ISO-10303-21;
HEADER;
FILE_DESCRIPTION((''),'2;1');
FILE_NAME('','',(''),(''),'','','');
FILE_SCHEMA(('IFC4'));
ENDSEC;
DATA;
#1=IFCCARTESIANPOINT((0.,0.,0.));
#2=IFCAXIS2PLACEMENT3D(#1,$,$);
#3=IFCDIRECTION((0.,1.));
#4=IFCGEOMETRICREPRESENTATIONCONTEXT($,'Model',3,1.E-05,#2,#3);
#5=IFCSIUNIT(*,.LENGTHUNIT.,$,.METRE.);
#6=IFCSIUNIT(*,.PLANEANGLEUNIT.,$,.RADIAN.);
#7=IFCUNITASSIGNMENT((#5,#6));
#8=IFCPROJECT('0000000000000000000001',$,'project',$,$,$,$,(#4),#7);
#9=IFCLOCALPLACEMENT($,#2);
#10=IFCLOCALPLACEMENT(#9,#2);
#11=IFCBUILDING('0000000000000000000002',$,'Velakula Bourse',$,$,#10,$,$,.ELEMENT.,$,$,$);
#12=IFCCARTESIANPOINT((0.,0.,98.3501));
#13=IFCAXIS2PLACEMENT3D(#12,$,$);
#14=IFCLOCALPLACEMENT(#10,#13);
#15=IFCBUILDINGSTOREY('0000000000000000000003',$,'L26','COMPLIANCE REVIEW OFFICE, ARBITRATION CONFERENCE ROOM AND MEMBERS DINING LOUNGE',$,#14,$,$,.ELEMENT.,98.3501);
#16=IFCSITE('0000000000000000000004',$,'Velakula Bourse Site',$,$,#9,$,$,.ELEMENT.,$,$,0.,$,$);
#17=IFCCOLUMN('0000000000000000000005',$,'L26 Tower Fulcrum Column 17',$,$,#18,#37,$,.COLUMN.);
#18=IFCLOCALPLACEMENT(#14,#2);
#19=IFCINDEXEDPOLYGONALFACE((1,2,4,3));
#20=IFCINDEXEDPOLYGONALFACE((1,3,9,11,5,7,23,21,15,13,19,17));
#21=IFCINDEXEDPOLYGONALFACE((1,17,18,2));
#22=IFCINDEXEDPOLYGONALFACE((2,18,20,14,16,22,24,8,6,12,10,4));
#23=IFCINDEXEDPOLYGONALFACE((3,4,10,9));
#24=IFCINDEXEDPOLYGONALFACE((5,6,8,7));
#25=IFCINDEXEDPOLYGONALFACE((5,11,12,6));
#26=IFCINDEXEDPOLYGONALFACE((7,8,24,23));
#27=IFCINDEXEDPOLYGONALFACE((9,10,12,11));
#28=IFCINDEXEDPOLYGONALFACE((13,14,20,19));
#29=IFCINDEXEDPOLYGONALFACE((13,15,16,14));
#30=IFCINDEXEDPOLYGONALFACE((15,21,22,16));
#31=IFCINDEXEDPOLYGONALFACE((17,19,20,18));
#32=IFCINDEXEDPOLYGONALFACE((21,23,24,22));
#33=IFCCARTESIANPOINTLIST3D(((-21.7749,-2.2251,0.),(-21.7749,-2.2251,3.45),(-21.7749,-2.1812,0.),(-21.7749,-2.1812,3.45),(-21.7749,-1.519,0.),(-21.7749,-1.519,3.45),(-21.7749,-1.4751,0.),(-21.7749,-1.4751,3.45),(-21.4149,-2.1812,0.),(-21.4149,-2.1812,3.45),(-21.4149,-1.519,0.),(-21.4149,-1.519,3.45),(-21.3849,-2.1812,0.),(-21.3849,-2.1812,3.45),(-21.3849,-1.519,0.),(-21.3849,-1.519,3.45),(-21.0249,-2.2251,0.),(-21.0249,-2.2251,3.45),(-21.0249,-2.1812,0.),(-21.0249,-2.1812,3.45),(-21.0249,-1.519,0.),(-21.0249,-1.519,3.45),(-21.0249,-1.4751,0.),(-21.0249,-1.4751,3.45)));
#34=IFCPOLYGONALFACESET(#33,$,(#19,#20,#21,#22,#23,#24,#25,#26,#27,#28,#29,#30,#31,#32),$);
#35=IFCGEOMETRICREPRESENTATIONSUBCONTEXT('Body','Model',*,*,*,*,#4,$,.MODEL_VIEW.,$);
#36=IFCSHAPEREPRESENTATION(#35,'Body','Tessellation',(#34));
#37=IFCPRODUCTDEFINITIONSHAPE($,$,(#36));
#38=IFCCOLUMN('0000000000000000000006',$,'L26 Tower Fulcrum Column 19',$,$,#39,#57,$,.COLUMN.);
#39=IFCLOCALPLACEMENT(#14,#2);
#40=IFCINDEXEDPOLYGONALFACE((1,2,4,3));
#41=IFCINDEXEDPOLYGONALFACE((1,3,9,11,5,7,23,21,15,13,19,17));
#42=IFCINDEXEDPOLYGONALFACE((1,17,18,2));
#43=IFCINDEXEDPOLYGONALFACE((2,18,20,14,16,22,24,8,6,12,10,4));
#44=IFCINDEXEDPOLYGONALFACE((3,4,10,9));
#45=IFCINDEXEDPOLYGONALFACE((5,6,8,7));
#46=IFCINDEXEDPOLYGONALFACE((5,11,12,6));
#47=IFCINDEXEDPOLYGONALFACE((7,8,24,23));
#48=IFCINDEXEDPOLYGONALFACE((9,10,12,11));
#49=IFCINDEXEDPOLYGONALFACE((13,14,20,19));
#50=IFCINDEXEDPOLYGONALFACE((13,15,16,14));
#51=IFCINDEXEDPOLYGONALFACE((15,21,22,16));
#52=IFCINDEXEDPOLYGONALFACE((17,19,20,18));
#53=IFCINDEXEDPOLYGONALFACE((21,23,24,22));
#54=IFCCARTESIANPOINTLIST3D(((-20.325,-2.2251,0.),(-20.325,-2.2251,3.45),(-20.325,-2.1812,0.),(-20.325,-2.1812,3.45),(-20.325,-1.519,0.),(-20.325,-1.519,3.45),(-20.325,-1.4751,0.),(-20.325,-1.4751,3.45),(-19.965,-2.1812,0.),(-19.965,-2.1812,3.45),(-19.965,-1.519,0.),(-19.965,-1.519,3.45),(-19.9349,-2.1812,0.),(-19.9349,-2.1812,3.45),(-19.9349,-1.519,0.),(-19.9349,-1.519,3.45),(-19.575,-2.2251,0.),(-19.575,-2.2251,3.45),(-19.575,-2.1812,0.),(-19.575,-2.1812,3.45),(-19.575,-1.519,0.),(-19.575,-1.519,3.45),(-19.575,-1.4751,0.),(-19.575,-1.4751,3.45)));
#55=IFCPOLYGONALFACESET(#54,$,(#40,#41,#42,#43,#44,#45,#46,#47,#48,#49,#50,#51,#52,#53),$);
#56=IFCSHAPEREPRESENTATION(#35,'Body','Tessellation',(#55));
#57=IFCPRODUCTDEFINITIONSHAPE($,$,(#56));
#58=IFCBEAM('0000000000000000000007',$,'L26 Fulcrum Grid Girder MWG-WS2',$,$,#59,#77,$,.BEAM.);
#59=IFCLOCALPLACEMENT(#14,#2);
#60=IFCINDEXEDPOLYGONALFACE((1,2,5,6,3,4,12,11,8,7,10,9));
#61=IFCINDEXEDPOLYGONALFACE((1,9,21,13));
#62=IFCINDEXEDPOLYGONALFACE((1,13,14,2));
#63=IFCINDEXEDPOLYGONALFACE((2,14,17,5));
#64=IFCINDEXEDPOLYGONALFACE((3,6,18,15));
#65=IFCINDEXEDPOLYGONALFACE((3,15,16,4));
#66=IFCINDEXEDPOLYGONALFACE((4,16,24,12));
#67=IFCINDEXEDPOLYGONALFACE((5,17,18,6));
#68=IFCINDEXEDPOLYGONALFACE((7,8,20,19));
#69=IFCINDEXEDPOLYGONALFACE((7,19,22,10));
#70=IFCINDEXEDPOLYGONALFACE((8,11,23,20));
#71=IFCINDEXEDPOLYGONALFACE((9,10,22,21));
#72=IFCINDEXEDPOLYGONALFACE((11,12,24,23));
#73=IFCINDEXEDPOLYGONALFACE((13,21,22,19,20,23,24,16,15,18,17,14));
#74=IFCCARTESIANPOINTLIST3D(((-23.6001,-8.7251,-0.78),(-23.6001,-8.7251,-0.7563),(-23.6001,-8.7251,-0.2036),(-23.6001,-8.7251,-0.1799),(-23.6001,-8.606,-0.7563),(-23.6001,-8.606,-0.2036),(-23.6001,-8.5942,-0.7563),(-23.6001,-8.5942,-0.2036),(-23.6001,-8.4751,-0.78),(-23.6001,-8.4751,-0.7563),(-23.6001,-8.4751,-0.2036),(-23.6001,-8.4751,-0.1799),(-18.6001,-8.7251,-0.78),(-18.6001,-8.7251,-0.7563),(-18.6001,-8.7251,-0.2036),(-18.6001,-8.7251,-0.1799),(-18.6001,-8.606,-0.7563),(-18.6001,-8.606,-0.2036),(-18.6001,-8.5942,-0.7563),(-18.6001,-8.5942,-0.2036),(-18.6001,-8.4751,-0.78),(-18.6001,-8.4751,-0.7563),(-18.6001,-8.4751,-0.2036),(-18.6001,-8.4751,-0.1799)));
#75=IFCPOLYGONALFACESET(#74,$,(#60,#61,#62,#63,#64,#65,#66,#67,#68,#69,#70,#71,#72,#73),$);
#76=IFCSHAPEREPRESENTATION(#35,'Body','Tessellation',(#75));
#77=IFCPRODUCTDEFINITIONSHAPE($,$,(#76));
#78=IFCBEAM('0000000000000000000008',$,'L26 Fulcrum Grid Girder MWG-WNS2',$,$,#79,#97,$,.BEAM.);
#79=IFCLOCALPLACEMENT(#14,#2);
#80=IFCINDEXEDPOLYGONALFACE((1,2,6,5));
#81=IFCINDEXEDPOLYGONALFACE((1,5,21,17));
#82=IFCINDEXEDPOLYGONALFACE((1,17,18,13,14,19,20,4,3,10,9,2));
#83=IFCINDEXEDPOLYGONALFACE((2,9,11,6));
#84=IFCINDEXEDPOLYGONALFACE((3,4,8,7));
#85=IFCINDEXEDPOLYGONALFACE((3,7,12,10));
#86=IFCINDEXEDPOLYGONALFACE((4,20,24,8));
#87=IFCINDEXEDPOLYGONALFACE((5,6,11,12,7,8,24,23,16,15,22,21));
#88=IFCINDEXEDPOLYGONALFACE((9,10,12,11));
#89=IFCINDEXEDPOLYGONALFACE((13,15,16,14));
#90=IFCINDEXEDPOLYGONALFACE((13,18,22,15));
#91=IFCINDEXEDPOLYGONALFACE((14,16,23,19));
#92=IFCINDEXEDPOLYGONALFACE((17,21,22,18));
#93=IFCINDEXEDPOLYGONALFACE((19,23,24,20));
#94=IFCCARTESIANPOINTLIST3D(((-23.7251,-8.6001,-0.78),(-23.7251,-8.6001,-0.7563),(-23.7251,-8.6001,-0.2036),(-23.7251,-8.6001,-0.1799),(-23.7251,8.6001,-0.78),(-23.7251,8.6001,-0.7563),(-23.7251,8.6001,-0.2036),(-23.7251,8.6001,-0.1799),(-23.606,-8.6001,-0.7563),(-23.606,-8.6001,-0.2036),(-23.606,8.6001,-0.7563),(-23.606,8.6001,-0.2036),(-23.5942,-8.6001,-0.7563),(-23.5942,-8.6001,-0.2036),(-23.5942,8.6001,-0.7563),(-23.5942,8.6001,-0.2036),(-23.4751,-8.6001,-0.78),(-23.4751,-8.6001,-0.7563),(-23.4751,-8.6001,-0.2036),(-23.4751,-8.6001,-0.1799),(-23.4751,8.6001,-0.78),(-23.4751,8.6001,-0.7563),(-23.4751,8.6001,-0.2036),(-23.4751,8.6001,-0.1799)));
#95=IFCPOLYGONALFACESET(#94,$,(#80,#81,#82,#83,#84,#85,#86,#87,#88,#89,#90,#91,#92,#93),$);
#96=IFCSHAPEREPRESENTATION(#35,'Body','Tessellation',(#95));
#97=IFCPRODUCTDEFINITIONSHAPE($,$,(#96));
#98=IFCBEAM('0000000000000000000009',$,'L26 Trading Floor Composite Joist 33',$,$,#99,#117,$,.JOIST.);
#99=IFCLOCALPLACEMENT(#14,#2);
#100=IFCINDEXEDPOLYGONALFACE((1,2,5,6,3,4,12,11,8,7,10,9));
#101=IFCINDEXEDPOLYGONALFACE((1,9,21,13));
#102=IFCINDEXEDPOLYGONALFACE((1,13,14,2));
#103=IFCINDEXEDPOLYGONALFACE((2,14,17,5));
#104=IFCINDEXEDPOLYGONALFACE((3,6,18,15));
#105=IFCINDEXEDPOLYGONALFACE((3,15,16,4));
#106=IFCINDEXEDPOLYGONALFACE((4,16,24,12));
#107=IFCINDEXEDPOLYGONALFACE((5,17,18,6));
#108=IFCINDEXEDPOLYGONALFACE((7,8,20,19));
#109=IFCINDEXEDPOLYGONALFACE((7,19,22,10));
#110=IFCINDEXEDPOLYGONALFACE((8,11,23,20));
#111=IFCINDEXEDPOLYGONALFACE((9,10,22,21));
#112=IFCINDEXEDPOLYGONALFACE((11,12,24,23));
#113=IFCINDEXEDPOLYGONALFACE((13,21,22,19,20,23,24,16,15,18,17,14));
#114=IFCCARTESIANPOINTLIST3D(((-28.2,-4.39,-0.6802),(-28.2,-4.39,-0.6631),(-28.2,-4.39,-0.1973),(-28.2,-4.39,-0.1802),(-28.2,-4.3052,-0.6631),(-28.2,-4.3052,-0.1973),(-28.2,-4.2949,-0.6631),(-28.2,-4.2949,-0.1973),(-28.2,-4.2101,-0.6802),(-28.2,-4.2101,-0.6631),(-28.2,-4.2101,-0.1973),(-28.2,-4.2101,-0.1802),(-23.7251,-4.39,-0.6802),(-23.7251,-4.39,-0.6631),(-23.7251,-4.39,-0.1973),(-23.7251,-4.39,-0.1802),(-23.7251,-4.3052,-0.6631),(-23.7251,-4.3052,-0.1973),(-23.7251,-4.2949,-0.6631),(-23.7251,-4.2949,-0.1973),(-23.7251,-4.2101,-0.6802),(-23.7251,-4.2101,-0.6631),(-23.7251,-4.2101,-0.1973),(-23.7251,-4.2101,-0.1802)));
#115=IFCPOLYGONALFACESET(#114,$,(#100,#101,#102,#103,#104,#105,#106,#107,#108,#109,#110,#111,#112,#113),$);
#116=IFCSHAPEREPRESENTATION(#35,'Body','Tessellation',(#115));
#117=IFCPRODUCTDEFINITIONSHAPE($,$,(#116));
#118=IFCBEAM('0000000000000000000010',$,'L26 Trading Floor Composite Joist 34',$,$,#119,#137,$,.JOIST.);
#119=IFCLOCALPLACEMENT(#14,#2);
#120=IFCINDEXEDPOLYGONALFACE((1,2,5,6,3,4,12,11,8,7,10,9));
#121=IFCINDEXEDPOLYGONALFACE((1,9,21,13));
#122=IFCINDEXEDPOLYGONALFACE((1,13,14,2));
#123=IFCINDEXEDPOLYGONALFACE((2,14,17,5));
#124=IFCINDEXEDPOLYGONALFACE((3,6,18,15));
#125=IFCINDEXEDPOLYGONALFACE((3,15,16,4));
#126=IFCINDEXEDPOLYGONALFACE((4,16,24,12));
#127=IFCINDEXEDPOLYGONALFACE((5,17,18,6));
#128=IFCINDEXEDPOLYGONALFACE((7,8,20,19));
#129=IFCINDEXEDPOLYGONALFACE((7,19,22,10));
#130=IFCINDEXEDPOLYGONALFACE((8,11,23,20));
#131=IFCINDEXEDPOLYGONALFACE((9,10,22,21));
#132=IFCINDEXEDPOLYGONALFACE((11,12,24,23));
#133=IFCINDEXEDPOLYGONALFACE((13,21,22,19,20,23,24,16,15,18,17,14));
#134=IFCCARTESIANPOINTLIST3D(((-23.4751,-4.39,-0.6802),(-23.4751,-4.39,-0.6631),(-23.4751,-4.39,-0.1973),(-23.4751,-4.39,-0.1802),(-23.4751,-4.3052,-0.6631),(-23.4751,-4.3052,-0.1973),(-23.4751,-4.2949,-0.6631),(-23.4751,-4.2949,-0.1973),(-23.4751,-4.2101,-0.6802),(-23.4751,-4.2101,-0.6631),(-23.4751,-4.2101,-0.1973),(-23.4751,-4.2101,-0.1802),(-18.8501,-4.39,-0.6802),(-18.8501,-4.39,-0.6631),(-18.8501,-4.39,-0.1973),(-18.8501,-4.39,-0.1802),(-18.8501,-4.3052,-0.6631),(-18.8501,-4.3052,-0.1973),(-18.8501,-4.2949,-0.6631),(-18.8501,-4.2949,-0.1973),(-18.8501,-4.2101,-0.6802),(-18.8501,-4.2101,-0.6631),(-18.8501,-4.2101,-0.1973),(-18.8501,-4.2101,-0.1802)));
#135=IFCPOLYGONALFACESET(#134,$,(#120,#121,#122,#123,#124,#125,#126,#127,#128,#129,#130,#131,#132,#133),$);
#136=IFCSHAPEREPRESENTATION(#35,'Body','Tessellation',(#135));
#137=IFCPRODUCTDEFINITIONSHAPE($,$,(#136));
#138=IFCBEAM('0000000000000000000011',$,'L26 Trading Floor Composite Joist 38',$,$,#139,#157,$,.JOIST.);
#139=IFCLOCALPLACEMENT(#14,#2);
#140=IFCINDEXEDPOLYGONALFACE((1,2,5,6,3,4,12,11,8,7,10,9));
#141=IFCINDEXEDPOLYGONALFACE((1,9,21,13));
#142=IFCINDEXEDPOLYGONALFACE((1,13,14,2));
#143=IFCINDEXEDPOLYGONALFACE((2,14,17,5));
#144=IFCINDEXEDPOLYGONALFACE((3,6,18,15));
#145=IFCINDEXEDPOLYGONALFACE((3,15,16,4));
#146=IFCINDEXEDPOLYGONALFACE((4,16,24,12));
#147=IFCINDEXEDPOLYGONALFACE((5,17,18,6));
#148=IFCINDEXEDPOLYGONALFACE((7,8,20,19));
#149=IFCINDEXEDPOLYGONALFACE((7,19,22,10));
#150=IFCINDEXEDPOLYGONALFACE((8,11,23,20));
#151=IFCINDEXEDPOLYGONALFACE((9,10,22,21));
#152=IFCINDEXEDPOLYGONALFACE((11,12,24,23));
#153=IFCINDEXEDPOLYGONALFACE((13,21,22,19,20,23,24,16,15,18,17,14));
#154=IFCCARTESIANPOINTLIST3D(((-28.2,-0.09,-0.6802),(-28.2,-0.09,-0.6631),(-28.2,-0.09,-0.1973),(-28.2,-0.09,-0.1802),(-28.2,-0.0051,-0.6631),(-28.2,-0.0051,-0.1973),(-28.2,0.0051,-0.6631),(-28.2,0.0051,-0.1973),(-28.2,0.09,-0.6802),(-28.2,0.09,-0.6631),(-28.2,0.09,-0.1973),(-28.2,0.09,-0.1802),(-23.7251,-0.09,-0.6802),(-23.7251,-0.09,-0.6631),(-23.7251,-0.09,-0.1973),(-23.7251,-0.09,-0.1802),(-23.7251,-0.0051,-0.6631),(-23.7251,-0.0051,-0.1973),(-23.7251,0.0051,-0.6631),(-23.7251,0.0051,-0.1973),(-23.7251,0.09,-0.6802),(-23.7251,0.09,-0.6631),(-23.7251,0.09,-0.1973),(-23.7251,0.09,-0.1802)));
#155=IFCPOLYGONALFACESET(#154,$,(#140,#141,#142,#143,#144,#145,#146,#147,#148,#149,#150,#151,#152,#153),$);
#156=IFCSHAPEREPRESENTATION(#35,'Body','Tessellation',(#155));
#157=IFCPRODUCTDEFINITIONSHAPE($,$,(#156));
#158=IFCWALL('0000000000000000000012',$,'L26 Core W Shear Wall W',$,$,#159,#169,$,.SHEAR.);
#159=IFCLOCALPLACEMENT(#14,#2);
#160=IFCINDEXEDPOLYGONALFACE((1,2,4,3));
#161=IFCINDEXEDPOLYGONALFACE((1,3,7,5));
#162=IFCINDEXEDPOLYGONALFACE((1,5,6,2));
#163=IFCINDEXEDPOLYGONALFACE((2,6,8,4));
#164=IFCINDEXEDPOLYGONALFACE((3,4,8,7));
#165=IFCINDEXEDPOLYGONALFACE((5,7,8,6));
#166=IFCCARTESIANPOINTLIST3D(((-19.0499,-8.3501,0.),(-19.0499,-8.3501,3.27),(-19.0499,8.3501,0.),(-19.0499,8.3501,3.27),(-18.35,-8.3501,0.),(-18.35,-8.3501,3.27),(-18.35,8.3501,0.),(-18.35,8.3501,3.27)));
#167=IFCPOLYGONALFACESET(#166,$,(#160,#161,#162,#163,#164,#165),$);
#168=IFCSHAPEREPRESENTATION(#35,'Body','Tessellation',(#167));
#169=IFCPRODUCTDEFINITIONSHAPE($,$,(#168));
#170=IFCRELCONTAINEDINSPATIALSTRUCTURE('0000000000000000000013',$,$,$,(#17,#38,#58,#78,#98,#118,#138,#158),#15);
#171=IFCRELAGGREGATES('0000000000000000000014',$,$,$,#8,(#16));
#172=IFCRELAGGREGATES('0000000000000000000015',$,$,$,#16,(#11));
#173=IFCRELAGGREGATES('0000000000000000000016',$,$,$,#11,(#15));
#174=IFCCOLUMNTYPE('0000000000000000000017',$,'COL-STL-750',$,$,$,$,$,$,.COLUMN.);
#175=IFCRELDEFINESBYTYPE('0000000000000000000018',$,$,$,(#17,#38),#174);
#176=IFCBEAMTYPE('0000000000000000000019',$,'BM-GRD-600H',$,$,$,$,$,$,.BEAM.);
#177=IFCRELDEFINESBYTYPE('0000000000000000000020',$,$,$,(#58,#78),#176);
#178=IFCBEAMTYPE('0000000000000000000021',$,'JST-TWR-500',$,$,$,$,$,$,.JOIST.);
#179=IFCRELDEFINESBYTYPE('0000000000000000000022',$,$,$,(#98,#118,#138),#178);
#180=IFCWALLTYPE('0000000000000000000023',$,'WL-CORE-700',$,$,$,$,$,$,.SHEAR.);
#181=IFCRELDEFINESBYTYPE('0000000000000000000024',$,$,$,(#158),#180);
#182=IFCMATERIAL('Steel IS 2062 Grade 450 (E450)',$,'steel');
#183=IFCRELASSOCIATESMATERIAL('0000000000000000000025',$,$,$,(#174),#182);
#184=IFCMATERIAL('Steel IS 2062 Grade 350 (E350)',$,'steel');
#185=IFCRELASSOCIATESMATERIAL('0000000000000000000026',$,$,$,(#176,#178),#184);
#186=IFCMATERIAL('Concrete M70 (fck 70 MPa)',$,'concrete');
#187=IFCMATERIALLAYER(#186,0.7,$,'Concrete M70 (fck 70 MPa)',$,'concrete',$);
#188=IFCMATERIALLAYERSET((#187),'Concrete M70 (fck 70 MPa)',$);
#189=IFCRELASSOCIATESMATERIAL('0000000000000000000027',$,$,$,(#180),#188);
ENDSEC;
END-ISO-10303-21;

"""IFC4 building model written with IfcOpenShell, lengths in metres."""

from ifc_helpers import new_model, si_unit, direction, frame, frame_2d, origin, origin_2d, place, context, subcontext, project, spatial, rectangle, i_section, extrude, material, layer, layer_set, material_profile, profile_set, type_object, element, save


model = new_model("IFC4")

# Units and contexts
model_context = context("Model", 3, precision=1e-05, world=origin(), true_north=direction((0.0, 1.0)))
body_context = subcontext(model_context, "Body", "Model", "MODEL_VIEW")
ifc_project = project(units=[si_unit("LENGTHUNIT", "METRE"), si_unit("PLANEANGLEUNIT", "RADIAN")], contexts=[model_context])

# Site, building, storey
site_placement = place(None, origin())
site = spatial("IfcSite", under=ifc_project, at=site_placement, Name="Velakula Bourse Site", CompositionType="ELEMENT", RefElevation=0.0)
building_placement = place(site_placement, origin())
building = spatial("IfcBuilding", under=site, at=building_placement, Name="Velakula Bourse", CompositionType="ELEMENT")
storey_placement = place(building_placement, frame((0.0, 0.0, 98.3501)))
storey = spatial("IfcBuildingStorey", under=building, at=storey_placement, Name="L26", Description="COMPLIANCE REVIEW OFFICE, ARBITRATION CONFERENCE ROOM AND MEMBERS DINING LOUNGE", CompositionType="ELEMENT", Elevation=98.3501)

# Columns
ifc_material_1 = material(Name="Steel IS 2062 Grade 450 (E450)", Category="steel")
ifc_material_profile_1 = material_profile(ifc_material_1, i_section(OverallWidth=0.75, OverallDepth=0.75, WebThickness=0.03, FlangeThickness=0.0439, at=origin_2d()), Name="Steel IS 2062 Grade 450 (E450)")
ifc_profile_set_1 = profile_set([ifc_material_profile_1], Name="Steel IS 2062 Grade 450 (E450)")
column_type = type_object("IfcColumnType", Name="COL-STL-750", PredefinedType="COLUMN", material=ifc_profile_set_1)
for number, where, z_axis, x_axis, name in (
    (1, (-21.3999, -1.8501, 0.0), (0.0, 0.0, 1.0), (1.0, 0.0, 0.0), "L26 Tower Fulcrum Column 17"),
    (2, (-19.95, -1.8501, 0.0), (0.0, 0.0, 1.0), (1.0, 0.0, 0.0), "L26 Tower Fulcrum Column 19"),
):
    element("IfcColumn", number, at=place(storey_placement, frame(where, z_axis=z_axis, x_axis=x_axis)), inside=storey, type_object=column_type, Name=name, PredefinedType="COLUMN", context=body_context, shape_type="SweptSolid", body=[
        extrude(i_section(OverallWidth=0.75, OverallDepth=0.75, WebThickness=0.03, FlangeThickness=0.0439, at=origin_2d()), origin(), (0.0, 0.0, 1.0), 3.45),
    ])

# Beams
ifc_material_2 = material(Name="Steel IS 2062 Grade 350 (E350)", Category="steel")
ifc_material_profile_2 = material_profile(ifc_material_2, i_section(OverallWidth=0.25, OverallDepth=0.6001, WebThickness=0.0117, FlangeThickness=0.0237, at=origin_2d()), Name="Steel IS 2062 Grade 350 (E350)")
ifc_profile_set_2 = profile_set([ifc_material_profile_2], Name="Steel IS 2062 Grade 350 (E350)")
beam_type_1 = type_object("IfcBeamType", Name="BM-GRD-600H", PredefinedType="BEAM", material=ifc_profile_set_2)
beam_1_placement = place(storey_placement, frame((-23.6001, -8.6001, -0.48), z_axis=(1.0, 0.0, 0.0), x_axis=(0.0, 1.0, 0.0)))
element("IfcBeam", 3, at=beam_1_placement, inside=storey, type_object=beam_type_1, Name="L26 Fulcrum Grid Girder MWG-WS2", PredefinedType="BEAM", context=body_context, shape_type="SweptSolid", body=[
    extrude(i_section(OverallWidth=0.25, OverallDepth=0.6001, WebThickness=0.0117, FlangeThickness=0.0237, at=origin_2d()), origin(), (0.0, 0.0, 1.0), 5.0),
])
beam_2_placement = place(storey_placement, frame((-23.6001, -8.6001, -0.48), z_axis=(0.0, 1.0, 0.0), x_axis=(-1.0, 0.0, 0.0)))
element("IfcBeam", 4, at=beam_2_placement, inside=storey, type_object=beam_type_1, Name="L26 Fulcrum Grid Girder MWG-WNS2", PredefinedType="BEAM", context=body_context, shape_type="SweptSolid", body=[
    extrude(i_section(OverallWidth=0.25, OverallDepth=0.6001, WebThickness=0.0117, FlangeThickness=0.0237, at=origin_2d()), origin(), (0.0, 0.0, 1.0), 17.2002),
])
ifc_material_profile_3 = material_profile(ifc_material_2, i_section(OverallWidth=0.1799, OverallDepth=0.5, WebThickness=0.0103, FlangeThickness=0.0171, at=origin_2d()), Name="Steel IS 2062 Grade 350 (E350)")
ifc_profile_set_3 = profile_set([ifc_material_profile_3], Name="Steel IS 2062 Grade 350 (E350)")
beam_type_2 = type_object("IfcBeamType", Name="JST-TWR-500", PredefinedType="JOIST", material=ifc_profile_set_3)
beam_3_placement = place(storey_placement, frame((-28.2, -4.3, -0.4302), z_axis=(1.0, 0.0, 0.0), x_axis=(0.0, 1.0, 0.0)))
element("IfcBeam", 5, at=beam_3_placement, inside=storey, type_object=beam_type_2, Name="L26 Trading Floor Composite Joist 33", PredefinedType="JOIST", context=body_context, shape_type="SweptSolid", body=[
    extrude(i_section(OverallWidth=0.1799, OverallDepth=0.5, WebThickness=0.0103, FlangeThickness=0.0171, at=origin_2d()), origin(), (0.0, 0.0, 1.0), 4.4749),
])
beam_4_placement = place(storey_placement, frame((-23.4751, -4.3, -0.4302), z_axis=(1.0, 0.0, 0.0), x_axis=(0.0, 1.0, 0.0)))
element("IfcBeam", 6, at=beam_4_placement, inside=storey, type_object=beam_type_2, Name="L26 Trading Floor Composite Joist 34", PredefinedType="JOIST", context=body_context, shape_type="SweptSolid", body=[
    extrude(i_section(OverallWidth=0.1799, OverallDepth=0.5, WebThickness=0.0103, FlangeThickness=0.0171, at=origin_2d()), origin(), (0.0, 0.0, 1.0), 4.625),
])
beam_5_placement = place(storey_placement, frame((-28.2, 0.0, -0.4302), z_axis=(1.0, 0.0, 0.0), x_axis=(0.0, 1.0, 0.0)))
element("IfcBeam", 7, at=beam_5_placement, inside=storey, type_object=beam_type_2, Name="L26 Trading Floor Composite Joist 38", PredefinedType="JOIST", context=body_context, shape_type="SweptSolid", body=[
    extrude(i_section(OverallWidth=0.1799, OverallDepth=0.5, WebThickness=0.0103, FlangeThickness=0.0171, at=origin_2d()), origin(), (0.0, 0.0, 1.0), 4.4749),
])

# Wall
ifc_material_3 = material(Name="Concrete M70 (fck 70 MPa)", Category="concrete")
ifc_layer_1 = layer(ifc_material_3, 0.7, Name="Concrete M70 (fck 70 MPa)", Category="concrete")
ifc_layer_set_1 = layer_set([ifc_layer_1], Name="Concrete M70 (fck 70 MPa)")
wall_type_1 = type_object("IfcWallType", Name="WL-CORE-700", PredefinedType="SHEAR", material=ifc_layer_set_1)
wall_1_placement = place(storey_placement, frame((-18.7, -8.3501, 0.0), z_axis=(0.0, 0.0, 1.0), x_axis=(0.0, 1.0, 0.0)))
element("IfcWall", 8, at=wall_1_placement, inside=storey, type_object=wall_type_1, Name="L26 Core W Shear Wall W", PredefinedType="SHEAR", context=body_context, shape_type="SweptSolid", body=[
    extrude(rectangle(XDim=16.7002, YDim=0.7, at=frame_2d((8.3501, 0.0))), origin(), (0.0, 0.0, 1.0), 3.27),
])

save(model, "model.ifc")
